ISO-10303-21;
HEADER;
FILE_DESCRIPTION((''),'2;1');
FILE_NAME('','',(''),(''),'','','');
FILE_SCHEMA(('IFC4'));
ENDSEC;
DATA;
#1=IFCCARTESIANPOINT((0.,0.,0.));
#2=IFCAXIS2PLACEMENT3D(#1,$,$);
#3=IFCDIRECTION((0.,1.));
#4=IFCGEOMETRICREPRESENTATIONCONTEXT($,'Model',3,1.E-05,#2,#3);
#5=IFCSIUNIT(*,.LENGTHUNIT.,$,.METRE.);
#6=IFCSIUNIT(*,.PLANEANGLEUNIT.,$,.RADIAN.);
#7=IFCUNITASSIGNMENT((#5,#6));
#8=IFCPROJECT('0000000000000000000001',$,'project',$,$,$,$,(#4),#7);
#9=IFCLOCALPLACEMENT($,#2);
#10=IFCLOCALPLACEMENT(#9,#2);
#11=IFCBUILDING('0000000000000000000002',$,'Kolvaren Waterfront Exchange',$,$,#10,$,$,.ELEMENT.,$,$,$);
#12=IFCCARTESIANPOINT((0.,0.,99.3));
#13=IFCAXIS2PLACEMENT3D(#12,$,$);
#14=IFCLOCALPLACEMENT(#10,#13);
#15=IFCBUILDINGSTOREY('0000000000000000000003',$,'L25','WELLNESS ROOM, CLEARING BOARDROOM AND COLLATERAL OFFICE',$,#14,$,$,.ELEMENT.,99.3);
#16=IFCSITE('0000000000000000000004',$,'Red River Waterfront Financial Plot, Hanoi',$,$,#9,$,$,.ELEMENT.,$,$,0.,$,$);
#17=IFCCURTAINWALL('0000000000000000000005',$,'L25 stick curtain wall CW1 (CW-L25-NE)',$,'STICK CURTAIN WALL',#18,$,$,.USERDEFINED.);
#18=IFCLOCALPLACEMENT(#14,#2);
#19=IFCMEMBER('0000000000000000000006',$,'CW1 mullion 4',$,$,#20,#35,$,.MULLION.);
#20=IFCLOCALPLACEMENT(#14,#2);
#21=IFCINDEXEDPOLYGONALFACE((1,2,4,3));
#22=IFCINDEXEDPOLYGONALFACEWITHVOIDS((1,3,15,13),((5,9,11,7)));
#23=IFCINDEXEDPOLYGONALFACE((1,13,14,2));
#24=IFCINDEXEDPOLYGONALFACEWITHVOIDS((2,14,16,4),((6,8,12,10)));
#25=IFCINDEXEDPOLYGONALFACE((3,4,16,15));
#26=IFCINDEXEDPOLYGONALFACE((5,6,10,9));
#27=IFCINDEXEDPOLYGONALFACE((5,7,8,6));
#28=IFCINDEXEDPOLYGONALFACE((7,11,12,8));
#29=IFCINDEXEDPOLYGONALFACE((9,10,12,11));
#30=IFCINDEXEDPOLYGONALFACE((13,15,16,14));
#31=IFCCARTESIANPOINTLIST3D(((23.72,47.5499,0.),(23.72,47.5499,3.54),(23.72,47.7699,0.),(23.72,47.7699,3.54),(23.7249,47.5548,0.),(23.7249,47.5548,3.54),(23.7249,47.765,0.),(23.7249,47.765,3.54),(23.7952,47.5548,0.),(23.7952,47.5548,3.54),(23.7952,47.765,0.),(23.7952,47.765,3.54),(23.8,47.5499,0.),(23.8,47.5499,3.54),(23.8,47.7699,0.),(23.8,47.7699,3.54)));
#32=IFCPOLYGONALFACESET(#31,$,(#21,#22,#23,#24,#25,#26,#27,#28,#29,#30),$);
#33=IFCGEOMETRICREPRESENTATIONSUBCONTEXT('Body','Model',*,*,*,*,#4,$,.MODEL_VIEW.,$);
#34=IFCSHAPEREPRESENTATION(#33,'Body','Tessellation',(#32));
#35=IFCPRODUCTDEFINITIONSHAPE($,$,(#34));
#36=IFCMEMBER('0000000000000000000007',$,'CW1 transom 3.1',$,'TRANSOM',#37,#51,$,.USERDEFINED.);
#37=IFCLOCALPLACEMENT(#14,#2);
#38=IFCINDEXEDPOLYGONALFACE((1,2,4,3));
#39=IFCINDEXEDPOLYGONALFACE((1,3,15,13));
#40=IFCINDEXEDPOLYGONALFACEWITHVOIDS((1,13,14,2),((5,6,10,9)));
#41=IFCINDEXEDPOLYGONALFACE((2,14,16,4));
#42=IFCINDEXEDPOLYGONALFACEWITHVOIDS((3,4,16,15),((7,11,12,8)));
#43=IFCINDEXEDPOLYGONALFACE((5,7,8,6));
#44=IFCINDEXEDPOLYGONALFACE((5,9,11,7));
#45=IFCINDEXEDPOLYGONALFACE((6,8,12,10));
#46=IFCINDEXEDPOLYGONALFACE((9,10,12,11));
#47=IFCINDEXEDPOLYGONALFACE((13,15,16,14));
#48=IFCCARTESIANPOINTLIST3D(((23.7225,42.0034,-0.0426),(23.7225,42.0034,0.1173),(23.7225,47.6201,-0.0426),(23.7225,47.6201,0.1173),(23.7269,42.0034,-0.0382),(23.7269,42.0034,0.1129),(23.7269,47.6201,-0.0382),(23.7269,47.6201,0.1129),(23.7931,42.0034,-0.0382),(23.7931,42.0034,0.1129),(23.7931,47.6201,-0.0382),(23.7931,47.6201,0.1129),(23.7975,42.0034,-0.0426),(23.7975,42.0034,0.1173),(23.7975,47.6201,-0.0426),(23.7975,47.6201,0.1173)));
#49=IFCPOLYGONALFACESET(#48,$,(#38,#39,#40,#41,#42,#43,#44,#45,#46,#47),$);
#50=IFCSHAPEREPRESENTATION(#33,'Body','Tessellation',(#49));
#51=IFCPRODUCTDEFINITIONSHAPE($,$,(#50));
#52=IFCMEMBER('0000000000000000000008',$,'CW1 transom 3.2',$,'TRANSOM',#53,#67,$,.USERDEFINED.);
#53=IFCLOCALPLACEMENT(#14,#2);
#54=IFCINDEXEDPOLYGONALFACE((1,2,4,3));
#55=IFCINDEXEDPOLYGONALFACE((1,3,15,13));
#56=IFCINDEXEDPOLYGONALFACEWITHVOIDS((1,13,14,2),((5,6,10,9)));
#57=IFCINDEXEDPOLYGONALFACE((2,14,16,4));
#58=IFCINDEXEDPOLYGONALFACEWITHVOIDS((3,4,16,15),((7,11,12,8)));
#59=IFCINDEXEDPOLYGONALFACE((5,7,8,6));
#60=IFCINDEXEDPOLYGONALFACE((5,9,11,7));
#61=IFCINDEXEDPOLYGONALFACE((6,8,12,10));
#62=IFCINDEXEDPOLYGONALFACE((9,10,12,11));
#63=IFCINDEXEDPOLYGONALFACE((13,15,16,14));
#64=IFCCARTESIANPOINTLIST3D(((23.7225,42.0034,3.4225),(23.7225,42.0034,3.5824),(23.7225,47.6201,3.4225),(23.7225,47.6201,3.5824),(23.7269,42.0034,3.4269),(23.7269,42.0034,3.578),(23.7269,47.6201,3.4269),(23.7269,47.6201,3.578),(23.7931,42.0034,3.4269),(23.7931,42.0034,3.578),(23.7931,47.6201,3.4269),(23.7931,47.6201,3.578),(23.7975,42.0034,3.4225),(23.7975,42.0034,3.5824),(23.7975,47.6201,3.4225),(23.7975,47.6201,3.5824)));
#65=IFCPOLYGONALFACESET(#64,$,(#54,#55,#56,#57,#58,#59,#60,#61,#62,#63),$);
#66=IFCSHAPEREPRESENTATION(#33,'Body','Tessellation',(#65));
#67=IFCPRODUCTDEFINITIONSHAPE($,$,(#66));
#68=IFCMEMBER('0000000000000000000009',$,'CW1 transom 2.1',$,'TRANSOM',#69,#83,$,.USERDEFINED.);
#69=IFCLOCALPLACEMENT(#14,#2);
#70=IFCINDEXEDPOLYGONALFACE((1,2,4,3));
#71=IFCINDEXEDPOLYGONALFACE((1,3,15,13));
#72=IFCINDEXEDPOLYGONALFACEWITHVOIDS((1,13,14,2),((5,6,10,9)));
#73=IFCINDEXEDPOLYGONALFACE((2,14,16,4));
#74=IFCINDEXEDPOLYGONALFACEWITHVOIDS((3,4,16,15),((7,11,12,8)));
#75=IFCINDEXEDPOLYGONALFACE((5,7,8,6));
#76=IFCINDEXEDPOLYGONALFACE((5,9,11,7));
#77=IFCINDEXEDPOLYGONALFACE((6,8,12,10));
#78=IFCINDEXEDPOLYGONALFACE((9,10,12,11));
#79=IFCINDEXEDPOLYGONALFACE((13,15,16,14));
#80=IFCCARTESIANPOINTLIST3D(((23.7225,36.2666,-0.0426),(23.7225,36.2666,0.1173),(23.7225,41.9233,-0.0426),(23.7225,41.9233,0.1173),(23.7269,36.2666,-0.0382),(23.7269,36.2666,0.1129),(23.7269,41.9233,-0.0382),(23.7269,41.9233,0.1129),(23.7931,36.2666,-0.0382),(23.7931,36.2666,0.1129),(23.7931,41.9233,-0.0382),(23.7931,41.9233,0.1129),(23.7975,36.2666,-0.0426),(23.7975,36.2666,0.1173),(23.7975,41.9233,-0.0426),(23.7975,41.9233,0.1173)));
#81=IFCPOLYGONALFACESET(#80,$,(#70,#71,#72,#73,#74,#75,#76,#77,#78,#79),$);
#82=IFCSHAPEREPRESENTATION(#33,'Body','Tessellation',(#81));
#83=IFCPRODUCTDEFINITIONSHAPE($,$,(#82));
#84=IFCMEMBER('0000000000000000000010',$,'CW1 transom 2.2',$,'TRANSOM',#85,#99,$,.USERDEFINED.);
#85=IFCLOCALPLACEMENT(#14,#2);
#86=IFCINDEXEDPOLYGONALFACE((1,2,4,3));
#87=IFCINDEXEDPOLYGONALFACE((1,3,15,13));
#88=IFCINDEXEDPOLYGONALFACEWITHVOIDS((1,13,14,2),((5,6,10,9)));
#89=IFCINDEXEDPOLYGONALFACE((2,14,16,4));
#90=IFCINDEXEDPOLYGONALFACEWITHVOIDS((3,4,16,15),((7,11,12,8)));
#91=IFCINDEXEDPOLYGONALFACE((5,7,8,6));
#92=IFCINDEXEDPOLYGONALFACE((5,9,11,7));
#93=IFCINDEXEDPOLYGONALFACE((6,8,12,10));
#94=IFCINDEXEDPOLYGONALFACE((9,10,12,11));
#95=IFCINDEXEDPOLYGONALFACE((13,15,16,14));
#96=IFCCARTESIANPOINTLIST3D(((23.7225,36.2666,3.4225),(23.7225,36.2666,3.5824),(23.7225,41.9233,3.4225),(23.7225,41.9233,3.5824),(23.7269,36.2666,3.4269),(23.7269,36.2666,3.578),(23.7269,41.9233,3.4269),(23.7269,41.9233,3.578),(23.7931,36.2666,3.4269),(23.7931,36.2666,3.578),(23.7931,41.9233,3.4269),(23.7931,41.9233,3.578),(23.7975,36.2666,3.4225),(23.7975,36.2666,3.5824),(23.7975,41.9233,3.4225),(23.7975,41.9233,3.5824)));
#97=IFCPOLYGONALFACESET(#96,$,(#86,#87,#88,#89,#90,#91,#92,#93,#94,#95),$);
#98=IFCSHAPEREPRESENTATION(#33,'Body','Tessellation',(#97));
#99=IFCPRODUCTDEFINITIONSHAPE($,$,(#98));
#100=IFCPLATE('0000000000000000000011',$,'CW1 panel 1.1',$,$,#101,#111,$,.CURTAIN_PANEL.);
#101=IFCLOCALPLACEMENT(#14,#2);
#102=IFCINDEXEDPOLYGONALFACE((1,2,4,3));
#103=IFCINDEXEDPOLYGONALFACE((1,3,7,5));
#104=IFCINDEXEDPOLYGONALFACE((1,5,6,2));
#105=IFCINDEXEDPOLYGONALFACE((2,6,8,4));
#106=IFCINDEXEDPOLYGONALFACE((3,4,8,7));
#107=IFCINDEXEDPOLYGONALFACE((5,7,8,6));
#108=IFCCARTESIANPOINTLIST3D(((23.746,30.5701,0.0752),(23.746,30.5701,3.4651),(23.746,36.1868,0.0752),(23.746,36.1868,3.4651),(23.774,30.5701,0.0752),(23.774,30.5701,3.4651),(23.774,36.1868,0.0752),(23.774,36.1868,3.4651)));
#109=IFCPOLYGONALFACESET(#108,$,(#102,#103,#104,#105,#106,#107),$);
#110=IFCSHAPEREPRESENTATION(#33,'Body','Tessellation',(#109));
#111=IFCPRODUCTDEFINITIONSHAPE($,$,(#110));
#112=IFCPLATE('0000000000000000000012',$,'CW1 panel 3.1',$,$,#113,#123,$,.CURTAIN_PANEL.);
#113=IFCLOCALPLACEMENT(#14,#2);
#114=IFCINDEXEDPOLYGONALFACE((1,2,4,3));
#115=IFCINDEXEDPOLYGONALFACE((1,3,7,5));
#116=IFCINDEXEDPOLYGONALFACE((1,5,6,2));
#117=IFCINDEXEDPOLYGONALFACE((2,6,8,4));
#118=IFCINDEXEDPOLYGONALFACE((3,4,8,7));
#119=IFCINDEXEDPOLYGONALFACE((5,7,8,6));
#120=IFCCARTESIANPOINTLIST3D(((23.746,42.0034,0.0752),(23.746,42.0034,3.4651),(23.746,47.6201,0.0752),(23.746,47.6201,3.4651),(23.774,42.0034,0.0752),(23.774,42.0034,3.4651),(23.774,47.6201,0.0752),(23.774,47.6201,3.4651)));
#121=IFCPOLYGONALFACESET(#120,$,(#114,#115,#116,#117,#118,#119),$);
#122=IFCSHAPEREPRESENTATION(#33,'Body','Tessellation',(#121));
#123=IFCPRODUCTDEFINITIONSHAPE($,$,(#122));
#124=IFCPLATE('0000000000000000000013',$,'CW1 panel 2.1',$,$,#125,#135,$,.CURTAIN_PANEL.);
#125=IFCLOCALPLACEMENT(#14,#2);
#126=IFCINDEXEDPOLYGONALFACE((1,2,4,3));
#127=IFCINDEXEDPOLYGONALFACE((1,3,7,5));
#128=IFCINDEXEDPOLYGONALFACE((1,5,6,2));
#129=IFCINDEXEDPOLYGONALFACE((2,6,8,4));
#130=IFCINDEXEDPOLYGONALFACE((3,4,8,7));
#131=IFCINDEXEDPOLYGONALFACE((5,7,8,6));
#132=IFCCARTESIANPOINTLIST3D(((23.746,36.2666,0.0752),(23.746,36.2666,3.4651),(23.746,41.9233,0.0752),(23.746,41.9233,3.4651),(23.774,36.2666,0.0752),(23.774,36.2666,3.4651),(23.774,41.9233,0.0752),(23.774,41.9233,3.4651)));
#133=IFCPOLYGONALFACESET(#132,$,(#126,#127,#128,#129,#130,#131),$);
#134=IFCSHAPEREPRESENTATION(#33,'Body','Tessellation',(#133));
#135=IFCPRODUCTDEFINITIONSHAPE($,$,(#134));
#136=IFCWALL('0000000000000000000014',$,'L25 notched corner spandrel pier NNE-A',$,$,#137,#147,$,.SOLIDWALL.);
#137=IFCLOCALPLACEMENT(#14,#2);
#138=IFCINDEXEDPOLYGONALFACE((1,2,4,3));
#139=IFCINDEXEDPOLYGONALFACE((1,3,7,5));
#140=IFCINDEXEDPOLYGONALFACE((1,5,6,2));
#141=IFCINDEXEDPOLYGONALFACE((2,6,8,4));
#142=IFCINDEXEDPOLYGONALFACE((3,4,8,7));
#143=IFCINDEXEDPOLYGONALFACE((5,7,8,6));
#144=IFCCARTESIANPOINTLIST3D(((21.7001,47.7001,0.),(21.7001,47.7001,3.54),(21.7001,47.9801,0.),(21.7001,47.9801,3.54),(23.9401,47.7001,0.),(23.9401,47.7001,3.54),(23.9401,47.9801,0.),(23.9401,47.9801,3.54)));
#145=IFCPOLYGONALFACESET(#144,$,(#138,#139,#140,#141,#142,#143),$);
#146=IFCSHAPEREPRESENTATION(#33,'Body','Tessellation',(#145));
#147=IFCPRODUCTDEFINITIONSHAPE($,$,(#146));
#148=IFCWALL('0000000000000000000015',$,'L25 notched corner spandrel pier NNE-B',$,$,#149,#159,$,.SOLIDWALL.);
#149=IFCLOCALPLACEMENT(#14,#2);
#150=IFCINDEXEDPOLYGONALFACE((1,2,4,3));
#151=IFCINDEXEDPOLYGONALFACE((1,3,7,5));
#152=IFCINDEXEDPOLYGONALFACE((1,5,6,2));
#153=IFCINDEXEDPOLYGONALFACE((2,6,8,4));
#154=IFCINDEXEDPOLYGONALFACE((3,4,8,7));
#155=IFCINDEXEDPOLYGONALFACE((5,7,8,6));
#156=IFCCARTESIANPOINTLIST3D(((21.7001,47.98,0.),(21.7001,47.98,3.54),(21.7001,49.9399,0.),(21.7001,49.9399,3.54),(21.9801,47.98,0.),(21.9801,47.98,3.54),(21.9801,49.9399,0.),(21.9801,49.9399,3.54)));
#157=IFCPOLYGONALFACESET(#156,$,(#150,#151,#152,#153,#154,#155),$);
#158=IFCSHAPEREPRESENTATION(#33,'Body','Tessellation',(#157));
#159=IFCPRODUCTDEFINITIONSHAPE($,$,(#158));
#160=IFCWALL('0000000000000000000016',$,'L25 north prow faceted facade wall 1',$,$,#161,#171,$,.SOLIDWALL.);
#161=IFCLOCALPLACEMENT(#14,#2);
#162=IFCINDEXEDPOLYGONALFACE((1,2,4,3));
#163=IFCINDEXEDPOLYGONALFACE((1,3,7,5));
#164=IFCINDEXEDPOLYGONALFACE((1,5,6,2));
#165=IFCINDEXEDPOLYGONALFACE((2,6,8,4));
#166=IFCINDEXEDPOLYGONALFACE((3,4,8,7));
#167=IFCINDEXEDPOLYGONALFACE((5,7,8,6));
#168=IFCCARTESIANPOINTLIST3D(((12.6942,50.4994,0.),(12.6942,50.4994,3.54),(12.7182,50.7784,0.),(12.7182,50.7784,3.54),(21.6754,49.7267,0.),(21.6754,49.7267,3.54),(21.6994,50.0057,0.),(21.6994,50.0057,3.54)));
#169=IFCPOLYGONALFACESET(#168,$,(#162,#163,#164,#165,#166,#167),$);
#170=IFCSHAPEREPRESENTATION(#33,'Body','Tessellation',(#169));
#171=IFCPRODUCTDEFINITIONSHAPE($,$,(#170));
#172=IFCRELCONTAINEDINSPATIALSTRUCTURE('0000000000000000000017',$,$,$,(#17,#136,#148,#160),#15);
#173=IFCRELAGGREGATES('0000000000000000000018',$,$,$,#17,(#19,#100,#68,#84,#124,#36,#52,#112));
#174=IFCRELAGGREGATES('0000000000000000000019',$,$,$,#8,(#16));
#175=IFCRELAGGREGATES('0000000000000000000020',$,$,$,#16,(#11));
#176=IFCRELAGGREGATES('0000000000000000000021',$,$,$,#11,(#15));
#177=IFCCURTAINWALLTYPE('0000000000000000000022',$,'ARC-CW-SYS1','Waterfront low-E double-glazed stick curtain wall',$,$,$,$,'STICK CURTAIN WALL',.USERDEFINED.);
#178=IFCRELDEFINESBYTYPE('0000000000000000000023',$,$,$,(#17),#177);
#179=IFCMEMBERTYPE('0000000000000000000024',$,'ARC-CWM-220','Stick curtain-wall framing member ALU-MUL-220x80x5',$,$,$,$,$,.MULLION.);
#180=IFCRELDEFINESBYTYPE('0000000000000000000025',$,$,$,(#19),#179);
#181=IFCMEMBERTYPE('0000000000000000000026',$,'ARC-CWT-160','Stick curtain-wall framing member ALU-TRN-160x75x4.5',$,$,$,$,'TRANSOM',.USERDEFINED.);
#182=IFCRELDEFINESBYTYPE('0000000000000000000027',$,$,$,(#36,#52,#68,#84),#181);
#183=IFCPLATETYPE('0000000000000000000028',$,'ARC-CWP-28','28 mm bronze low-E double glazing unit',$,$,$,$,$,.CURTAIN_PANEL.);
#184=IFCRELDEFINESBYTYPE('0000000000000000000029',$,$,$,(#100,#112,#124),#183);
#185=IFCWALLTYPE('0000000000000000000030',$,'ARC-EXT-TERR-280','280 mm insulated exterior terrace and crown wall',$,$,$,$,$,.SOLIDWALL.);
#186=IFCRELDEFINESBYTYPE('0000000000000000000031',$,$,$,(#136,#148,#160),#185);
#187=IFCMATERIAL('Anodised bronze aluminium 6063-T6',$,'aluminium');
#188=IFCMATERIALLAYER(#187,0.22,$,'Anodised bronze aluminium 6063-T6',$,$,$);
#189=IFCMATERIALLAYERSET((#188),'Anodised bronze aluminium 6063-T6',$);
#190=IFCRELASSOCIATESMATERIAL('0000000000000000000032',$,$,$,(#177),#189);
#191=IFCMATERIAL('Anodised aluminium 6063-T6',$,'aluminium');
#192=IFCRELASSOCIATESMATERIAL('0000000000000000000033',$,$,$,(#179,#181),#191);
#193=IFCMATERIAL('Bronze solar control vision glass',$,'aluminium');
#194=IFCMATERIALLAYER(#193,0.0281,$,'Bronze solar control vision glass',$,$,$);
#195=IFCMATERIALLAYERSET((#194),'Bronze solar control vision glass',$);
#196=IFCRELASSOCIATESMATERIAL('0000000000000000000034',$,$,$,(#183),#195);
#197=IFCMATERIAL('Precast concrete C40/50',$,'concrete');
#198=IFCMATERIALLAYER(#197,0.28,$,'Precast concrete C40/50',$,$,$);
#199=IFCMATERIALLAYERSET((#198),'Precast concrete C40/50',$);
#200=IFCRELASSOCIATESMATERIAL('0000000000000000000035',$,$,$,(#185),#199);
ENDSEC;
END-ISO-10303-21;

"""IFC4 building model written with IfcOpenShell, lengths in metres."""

from ifc_helpers import new_model, si_unit, direction, frame, frame_2d, origin, origin_with_axes, origin_2d, place, context, subcontext, project, spatial, rectangle, hollow_rectangle, extrude, source, transform, mapped, material, layer, layer_set, material_profile, profile_set, type_object, element, aggregate, save


model = new_model("IFC4")

# Units and contexts
model_context = context("Model", 3, precision=1e-05, world=origin(), true_north=direction((0.0, 1.0)))
body_context = subcontext(model_context, "Body", "Model", "MODEL_VIEW")
ifc_project = project(units=[si_unit("LENGTHUNIT", "METRE"), si_unit("PLANEANGLEUNIT", "RADIAN")], contexts=[model_context])

# Site, building, storey
site_placement = place(None, origin())
site = spatial("IfcSite", under=ifc_project, at=site_placement, Name="Red River Waterfront Financial Plot, Hanoi", CompositionType="ELEMENT", RefElevation=0.0)
building_placement = place(site_placement, origin())
building = spatial("IfcBuilding", under=site, at=building_placement, Name="Kolvaren Waterfront Exchange", CompositionType="ELEMENT")
storey_placement = place(building_placement, frame((0.0, 0.0, 99.3)))
storey = spatial("IfcBuildingStorey", under=building, at=storey_placement, Name="L25", Description="WELLNESS ROOM, CLEARING BOARDROOM AND COLLATERAL OFFICE", CompositionType="ELEMENT", Elevation=99.3)

# Curtain wall, members, plates
ifc_material_1 = material(Name="Anodised bronze aluminium 6063-T6", Category="aluminium")
ifc_layer_1 = layer(ifc_material_1, 0.22, Name="Anodised bronze aluminium 6063-T6")
ifc_layer_set_1 = layer_set([ifc_layer_1], Name="Anodised bronze aluminium 6063-T6")
curtain_wall_type = type_object("IfcCurtainWallType", Name="ARC-CW-SYS1", Description="Waterfront low-E double-glazed stick curtain wall", ElementType="STICK CURTAIN WALL", PredefinedType="USERDEFINED", material=ifc_layer_set_1)
curtain_wall_placement = place(storey_placement, origin())
curtain_wall = element("IfcCurtainWall", 1, at=curtain_wall_placement, inside=storey, type_object=curtain_wall_type, Name="L25 stick curtain wall CW1 (CW-L25-NE)", ObjectType="STICK CURTAIN WALL", PredefinedType="USERDEFINED")
ifc_material_2 = material(Name="Anodised aluminium 6063-T6", Category="aluminium")
ifc_material_profile_1 = material_profile(ifc_material_2, hollow_rectangle(XDim=0.0801, YDim=0.22, WallThickness=0.0049, at=origin_2d()), Name="ALU-MUL-220x80x5")
ifc_profile_set_1 = profile_set([ifc_material_profile_1], Name="Anodised aluminium 6063-T6")
member_type_1 = type_object("IfcMemberType", Name="ARC-CWM-220", Description="Stick curtain-wall framing member ALU-MUL-220x80x5", PredefinedType="MULLION", material=ifc_profile_set_1)
shared_shape_1 = source(origin_with_axes(), body_context, "Body", "SweptSolid", [
    extrude(hollow_rectangle(XDim=0.0801, YDim=0.22, WallThickness=0.0049, at=origin_2d()), origin(), (0.0, 0.0, 1.0), 3.54),
])
member_1_placement = place(storey_placement, frame((23.76, 47.6599, 0.0), z_axis=(0.0, 0.0, 1.0), x_axis=(-1.0, 0.0, 0.0)))
member_1 = element("IfcMember", 2, at=member_1_placement, type_object=member_type_1, Name="CW1 mullion 4", PredefinedType="MULLION", context=body_context, shape_type="MappedRepresentation", body=[
    mapped(shared_shape_1, transform((0.0, 0.0, 0.0), x_axis=(1.0, 0.0, 0.0), y_axis=(0.0, 1.0, 0.0), z_axis=(0.0, 0.0, 1.0), scale=1.0)),
])
ifc_material_profile_2 = material_profile(ifc_material_2, hollow_rectangle(XDim=0.075, YDim=0.1599, WallThickness=0.0044, at=origin_2d()), Name="ALU-TRN-160x75x4.5")
ifc_profile_set_2 = profile_set([ifc_material_profile_2], Name="Anodised aluminium 6063-T6")
member_type_2 = type_object("IfcMemberType", Name="ARC-CWT-160", Description="Stick curtain-wall framing member ALU-TRN-160x75x4.5", ElementType="TRANSOM", PredefinedType="USERDEFINED", material=ifc_profile_set_2)
shared_shape_2 = source(origin_with_axes(), body_context, "Body", "SweptSolid", [
    extrude(hollow_rectangle(XDim=0.075, YDim=0.1599, WallThickness=0.0044, at=origin_2d()), origin(), (0.0, 0.0, 1.0), 5.6167),
])
member_2_placement = place(storey_placement, frame((23.76, 42.0034, 0.0374), z_axis=(0.0, 1.0, 0.0), x_axis=(-1.0, 0.0, 0.0)))
member_2 = element("IfcMember", 3, at=member_2_placement, type_object=member_type_2, Name="CW1 transom 3.1", ObjectType="TRANSOM", PredefinedType="USERDEFINED", context=body_context, shape_type="MappedRepresentation", body=[
    mapped(shared_shape_2, transform((0.0, 0.0, 0.0), x_axis=(1.0, 0.0, 0.0), y_axis=(0.0, 1.0, 0.0), z_axis=(0.0, 0.0, 1.0), scale=1.0)),
])
member_3_placement = place(storey_placement, frame((23.76, 42.0034, 3.5024), z_axis=(0.0, 1.0, 0.0), x_axis=(-1.0, 0.0, 0.0)))
member_3 = element("IfcMember", 4, at=member_3_placement, type_object=member_type_2, Name="CW1 transom 3.2", ObjectType="TRANSOM", PredefinedType="USERDEFINED", context=body_context, shape_type="MappedRepresentation", body=[
    mapped(shared_shape_2, transform((0.0, 0.0, 0.0), x_axis=(1.0, 0.0, 0.0), y_axis=(0.0, 1.0, 0.0), z_axis=(0.0, 0.0, 1.0), scale=1.0)),
])
shared_shape_3 = source(origin_with_axes(), body_context, "Body", "SweptSolid", [
    extrude(hollow_rectangle(XDim=0.075, YDim=0.1599, WallThickness=0.0044, at=origin_2d()), origin(), (0.0, 0.0, 1.0), 5.6567),
])
member_4_placement = place(storey_placement, frame((23.76, 36.2666, 0.0374), z_axis=(0.0, 1.0, 0.0), x_axis=(-1.0, 0.0, 0.0)))
member_4 = element("IfcMember", 5, at=member_4_placement, type_object=member_type_2, Name="CW1 transom 2.1", ObjectType="TRANSOM", PredefinedType="USERDEFINED", context=body_context, shape_type="MappedRepresentation", body=[
    mapped(shared_shape_3, transform((0.0, 0.0, 0.0), x_axis=(1.0, 0.0, 0.0), y_axis=(0.0, 1.0, 0.0), z_axis=(0.0, 0.0, 1.0), scale=1.0)),
])
member_5_placement = place(storey_placement, frame((23.76, 36.2666, 3.5024), z_axis=(0.0, 1.0, 0.0), x_axis=(-1.0, 0.0, 0.0)))
member_5 = element("IfcMember", 6, at=member_5_placement, type_object=member_type_2, Name="CW1 transom 2.2", ObjectType="TRANSOM", PredefinedType="USERDEFINED", context=body_context, shape_type="MappedRepresentation", body=[
    mapped(shared_shape_3, transform((0.0, 0.0, 0.0), x_axis=(1.0, 0.0, 0.0), y_axis=(0.0, 1.0, 0.0), z_axis=(0.0, 0.0, 1.0), scale=1.0)),
])
ifc_material_3 = material(Name="Bronze solar control vision glass", Category="aluminium")
ifc_layer_2 = layer(ifc_material_3, 0.0281, Name="Bronze solar control vision glass")
ifc_layer_set_2 = layer_set([ifc_layer_2], Name="Bronze solar control vision glass")
plate_type = type_object("IfcPlateType", Name="ARC-CWP-28", Description="28 mm bronze low-E double glazing unit", PredefinedType="CURTAIN_PANEL", material=ifc_layer_set_2)
shared_shape_4 = source(origin_with_axes(), body_context, "Body", "SweptSolid", [
    extrude(rectangle(XDim=5.6167, YDim=0.0281, at=origin_2d()), origin(), (0.0, 0.0, 1.0), 3.3899),
])
plate_1_placement = place(storey_placement, frame((23.76, 33.3784, 0.0752), z_axis=(0.0, 0.0, 1.0), x_axis=(0.0, 1.0, 0.0)))
plate_1 = element("IfcPlate", 7, at=plate_1_placement, type_object=plate_type, Name="CW1 panel 1.1", PredefinedType="CURTAIN_PANEL", context=body_context, shape_type="MappedRepresentation", body=[
    mapped(shared_shape_4, transform((0.0, 0.0, 0.0), x_axis=(1.0, 0.0, 0.0), y_axis=(0.0, 1.0, 0.0), z_axis=(0.0, 0.0, 1.0), scale=1.0)),
])
plate_2_placement = place(storey_placement, frame((23.76, 44.8118, 0.0752), z_axis=(0.0, 0.0, 1.0), x_axis=(0.0, 1.0, 0.0)))
plate_2 = element("IfcPlate", 8, at=plate_2_placement, type_object=plate_type, Name="CW1 panel 3.1", PredefinedType="CURTAIN_PANEL", context=body_context, shape_type="MappedRepresentation", body=[
    mapped(shared_shape_4, transform((0.0, 0.0, 0.0), x_axis=(1.0, 0.0, 0.0), y_axis=(0.0, 1.0, 0.0), z_axis=(0.0, 0.0, 1.0), scale=1.0)),
])
shared_shape_5 = source(origin_with_axes(), body_context, "Body", "SweptSolid", [
    extrude(rectangle(XDim=5.6567, YDim=0.0281, at=origin_2d()), origin(), (0.0, 0.0, 1.0), 3.3899),
])
plate_3_placement = place(storey_placement, frame((23.76, 39.095, 0.0752), z_axis=(0.0, 0.0, 1.0), x_axis=(0.0, 1.0, 0.0)))
plate_3 = element("IfcPlate", 9, at=plate_3_placement, type_object=plate_type, Name="CW1 panel 2.1", PredefinedType="CURTAIN_PANEL", context=body_context, shape_type="MappedRepresentation", body=[
    mapped(shared_shape_5, transform((0.0, 0.0, 0.0), x_axis=(1.0, 0.0, 0.0), y_axis=(0.0, 1.0, 0.0), z_axis=(0.0, 0.0, 1.0), scale=1.0)),
])
aggregate(curtain_wall, [member_1, plate_1, member_4, member_5, plate_3, member_2, member_3, plate_2])

# Walls
ifc_material_4 = material(Name="Precast concrete C40/50", Category="concrete")
ifc_layer_3 = layer(ifc_material_4, 0.28, Name="Precast concrete C40/50")
ifc_layer_set_3 = layer_set([ifc_layer_3], Name="Precast concrete C40/50")
wall_type = type_object("IfcWallType", Name="ARC-EXT-TERR-280", Description="280 mm insulated exterior terrace and crown wall", PredefinedType="SOLIDWALL", material=ifc_layer_set_3)
wall_1_placement = place(storey_placement, frame((21.7, 47.8401, 0.0), z_axis=(0.0, 0.0, 1.0), x_axis=(1.0, 0.0, 0.0)))
element("IfcWall", 10, at=wall_1_placement, inside=storey, type_object=wall_type, Name="L25 notched corner spandrel pier NNE-A", PredefinedType="SOLIDWALL", context=body_context, shape_type="SweptSolid", body=[
    extrude(rectangle(XDim=2.24, YDim=0.28, at=frame_2d((1.1201, 0.0))), origin(), (0.0, 0.0, 1.0), 3.54),
])
wall_2_placement = place(storey_placement, frame((21.8401, 47.98, 0.0), z_axis=(0.0, 0.0, 1.0), x_axis=(0.0, 1.0, 0.0)))
element("IfcWall", 11, at=wall_2_placement, inside=storey, type_object=wall_type, Name="L25 notched corner spandrel pier NNE-B", PredefinedType="SOLIDWALL", context=body_context, shape_type="SweptSolid", body=[
    extrude(rectangle(XDim=1.96, YDim=0.28, at=frame_2d((0.98, 0.0))), origin(), (0.0, 0.0, 1.0), 3.54),
])
wall_3_placement = place(storey_placement, frame((21.6875, 49.8662, 0.0), z_axis=(0.0, 0.0, 1.0), x_axis=(-0.996319, 0.085719, 0.0)))
element("IfcWall", 12, at=wall_3_placement, inside=storey, type_object=wall_type, Name="L25 north prow faceted facade wall 1", PredefinedType="SOLIDWALL", context=body_context, shape_type="SweptSolid", body=[
    extrude(rectangle(XDim=9.0144, YDim=0.28, at=frame_2d((4.5073, 0.0))), origin(), (0.0, 0.0, 1.0), 3.54),
])

save(model, "model.ifc")
